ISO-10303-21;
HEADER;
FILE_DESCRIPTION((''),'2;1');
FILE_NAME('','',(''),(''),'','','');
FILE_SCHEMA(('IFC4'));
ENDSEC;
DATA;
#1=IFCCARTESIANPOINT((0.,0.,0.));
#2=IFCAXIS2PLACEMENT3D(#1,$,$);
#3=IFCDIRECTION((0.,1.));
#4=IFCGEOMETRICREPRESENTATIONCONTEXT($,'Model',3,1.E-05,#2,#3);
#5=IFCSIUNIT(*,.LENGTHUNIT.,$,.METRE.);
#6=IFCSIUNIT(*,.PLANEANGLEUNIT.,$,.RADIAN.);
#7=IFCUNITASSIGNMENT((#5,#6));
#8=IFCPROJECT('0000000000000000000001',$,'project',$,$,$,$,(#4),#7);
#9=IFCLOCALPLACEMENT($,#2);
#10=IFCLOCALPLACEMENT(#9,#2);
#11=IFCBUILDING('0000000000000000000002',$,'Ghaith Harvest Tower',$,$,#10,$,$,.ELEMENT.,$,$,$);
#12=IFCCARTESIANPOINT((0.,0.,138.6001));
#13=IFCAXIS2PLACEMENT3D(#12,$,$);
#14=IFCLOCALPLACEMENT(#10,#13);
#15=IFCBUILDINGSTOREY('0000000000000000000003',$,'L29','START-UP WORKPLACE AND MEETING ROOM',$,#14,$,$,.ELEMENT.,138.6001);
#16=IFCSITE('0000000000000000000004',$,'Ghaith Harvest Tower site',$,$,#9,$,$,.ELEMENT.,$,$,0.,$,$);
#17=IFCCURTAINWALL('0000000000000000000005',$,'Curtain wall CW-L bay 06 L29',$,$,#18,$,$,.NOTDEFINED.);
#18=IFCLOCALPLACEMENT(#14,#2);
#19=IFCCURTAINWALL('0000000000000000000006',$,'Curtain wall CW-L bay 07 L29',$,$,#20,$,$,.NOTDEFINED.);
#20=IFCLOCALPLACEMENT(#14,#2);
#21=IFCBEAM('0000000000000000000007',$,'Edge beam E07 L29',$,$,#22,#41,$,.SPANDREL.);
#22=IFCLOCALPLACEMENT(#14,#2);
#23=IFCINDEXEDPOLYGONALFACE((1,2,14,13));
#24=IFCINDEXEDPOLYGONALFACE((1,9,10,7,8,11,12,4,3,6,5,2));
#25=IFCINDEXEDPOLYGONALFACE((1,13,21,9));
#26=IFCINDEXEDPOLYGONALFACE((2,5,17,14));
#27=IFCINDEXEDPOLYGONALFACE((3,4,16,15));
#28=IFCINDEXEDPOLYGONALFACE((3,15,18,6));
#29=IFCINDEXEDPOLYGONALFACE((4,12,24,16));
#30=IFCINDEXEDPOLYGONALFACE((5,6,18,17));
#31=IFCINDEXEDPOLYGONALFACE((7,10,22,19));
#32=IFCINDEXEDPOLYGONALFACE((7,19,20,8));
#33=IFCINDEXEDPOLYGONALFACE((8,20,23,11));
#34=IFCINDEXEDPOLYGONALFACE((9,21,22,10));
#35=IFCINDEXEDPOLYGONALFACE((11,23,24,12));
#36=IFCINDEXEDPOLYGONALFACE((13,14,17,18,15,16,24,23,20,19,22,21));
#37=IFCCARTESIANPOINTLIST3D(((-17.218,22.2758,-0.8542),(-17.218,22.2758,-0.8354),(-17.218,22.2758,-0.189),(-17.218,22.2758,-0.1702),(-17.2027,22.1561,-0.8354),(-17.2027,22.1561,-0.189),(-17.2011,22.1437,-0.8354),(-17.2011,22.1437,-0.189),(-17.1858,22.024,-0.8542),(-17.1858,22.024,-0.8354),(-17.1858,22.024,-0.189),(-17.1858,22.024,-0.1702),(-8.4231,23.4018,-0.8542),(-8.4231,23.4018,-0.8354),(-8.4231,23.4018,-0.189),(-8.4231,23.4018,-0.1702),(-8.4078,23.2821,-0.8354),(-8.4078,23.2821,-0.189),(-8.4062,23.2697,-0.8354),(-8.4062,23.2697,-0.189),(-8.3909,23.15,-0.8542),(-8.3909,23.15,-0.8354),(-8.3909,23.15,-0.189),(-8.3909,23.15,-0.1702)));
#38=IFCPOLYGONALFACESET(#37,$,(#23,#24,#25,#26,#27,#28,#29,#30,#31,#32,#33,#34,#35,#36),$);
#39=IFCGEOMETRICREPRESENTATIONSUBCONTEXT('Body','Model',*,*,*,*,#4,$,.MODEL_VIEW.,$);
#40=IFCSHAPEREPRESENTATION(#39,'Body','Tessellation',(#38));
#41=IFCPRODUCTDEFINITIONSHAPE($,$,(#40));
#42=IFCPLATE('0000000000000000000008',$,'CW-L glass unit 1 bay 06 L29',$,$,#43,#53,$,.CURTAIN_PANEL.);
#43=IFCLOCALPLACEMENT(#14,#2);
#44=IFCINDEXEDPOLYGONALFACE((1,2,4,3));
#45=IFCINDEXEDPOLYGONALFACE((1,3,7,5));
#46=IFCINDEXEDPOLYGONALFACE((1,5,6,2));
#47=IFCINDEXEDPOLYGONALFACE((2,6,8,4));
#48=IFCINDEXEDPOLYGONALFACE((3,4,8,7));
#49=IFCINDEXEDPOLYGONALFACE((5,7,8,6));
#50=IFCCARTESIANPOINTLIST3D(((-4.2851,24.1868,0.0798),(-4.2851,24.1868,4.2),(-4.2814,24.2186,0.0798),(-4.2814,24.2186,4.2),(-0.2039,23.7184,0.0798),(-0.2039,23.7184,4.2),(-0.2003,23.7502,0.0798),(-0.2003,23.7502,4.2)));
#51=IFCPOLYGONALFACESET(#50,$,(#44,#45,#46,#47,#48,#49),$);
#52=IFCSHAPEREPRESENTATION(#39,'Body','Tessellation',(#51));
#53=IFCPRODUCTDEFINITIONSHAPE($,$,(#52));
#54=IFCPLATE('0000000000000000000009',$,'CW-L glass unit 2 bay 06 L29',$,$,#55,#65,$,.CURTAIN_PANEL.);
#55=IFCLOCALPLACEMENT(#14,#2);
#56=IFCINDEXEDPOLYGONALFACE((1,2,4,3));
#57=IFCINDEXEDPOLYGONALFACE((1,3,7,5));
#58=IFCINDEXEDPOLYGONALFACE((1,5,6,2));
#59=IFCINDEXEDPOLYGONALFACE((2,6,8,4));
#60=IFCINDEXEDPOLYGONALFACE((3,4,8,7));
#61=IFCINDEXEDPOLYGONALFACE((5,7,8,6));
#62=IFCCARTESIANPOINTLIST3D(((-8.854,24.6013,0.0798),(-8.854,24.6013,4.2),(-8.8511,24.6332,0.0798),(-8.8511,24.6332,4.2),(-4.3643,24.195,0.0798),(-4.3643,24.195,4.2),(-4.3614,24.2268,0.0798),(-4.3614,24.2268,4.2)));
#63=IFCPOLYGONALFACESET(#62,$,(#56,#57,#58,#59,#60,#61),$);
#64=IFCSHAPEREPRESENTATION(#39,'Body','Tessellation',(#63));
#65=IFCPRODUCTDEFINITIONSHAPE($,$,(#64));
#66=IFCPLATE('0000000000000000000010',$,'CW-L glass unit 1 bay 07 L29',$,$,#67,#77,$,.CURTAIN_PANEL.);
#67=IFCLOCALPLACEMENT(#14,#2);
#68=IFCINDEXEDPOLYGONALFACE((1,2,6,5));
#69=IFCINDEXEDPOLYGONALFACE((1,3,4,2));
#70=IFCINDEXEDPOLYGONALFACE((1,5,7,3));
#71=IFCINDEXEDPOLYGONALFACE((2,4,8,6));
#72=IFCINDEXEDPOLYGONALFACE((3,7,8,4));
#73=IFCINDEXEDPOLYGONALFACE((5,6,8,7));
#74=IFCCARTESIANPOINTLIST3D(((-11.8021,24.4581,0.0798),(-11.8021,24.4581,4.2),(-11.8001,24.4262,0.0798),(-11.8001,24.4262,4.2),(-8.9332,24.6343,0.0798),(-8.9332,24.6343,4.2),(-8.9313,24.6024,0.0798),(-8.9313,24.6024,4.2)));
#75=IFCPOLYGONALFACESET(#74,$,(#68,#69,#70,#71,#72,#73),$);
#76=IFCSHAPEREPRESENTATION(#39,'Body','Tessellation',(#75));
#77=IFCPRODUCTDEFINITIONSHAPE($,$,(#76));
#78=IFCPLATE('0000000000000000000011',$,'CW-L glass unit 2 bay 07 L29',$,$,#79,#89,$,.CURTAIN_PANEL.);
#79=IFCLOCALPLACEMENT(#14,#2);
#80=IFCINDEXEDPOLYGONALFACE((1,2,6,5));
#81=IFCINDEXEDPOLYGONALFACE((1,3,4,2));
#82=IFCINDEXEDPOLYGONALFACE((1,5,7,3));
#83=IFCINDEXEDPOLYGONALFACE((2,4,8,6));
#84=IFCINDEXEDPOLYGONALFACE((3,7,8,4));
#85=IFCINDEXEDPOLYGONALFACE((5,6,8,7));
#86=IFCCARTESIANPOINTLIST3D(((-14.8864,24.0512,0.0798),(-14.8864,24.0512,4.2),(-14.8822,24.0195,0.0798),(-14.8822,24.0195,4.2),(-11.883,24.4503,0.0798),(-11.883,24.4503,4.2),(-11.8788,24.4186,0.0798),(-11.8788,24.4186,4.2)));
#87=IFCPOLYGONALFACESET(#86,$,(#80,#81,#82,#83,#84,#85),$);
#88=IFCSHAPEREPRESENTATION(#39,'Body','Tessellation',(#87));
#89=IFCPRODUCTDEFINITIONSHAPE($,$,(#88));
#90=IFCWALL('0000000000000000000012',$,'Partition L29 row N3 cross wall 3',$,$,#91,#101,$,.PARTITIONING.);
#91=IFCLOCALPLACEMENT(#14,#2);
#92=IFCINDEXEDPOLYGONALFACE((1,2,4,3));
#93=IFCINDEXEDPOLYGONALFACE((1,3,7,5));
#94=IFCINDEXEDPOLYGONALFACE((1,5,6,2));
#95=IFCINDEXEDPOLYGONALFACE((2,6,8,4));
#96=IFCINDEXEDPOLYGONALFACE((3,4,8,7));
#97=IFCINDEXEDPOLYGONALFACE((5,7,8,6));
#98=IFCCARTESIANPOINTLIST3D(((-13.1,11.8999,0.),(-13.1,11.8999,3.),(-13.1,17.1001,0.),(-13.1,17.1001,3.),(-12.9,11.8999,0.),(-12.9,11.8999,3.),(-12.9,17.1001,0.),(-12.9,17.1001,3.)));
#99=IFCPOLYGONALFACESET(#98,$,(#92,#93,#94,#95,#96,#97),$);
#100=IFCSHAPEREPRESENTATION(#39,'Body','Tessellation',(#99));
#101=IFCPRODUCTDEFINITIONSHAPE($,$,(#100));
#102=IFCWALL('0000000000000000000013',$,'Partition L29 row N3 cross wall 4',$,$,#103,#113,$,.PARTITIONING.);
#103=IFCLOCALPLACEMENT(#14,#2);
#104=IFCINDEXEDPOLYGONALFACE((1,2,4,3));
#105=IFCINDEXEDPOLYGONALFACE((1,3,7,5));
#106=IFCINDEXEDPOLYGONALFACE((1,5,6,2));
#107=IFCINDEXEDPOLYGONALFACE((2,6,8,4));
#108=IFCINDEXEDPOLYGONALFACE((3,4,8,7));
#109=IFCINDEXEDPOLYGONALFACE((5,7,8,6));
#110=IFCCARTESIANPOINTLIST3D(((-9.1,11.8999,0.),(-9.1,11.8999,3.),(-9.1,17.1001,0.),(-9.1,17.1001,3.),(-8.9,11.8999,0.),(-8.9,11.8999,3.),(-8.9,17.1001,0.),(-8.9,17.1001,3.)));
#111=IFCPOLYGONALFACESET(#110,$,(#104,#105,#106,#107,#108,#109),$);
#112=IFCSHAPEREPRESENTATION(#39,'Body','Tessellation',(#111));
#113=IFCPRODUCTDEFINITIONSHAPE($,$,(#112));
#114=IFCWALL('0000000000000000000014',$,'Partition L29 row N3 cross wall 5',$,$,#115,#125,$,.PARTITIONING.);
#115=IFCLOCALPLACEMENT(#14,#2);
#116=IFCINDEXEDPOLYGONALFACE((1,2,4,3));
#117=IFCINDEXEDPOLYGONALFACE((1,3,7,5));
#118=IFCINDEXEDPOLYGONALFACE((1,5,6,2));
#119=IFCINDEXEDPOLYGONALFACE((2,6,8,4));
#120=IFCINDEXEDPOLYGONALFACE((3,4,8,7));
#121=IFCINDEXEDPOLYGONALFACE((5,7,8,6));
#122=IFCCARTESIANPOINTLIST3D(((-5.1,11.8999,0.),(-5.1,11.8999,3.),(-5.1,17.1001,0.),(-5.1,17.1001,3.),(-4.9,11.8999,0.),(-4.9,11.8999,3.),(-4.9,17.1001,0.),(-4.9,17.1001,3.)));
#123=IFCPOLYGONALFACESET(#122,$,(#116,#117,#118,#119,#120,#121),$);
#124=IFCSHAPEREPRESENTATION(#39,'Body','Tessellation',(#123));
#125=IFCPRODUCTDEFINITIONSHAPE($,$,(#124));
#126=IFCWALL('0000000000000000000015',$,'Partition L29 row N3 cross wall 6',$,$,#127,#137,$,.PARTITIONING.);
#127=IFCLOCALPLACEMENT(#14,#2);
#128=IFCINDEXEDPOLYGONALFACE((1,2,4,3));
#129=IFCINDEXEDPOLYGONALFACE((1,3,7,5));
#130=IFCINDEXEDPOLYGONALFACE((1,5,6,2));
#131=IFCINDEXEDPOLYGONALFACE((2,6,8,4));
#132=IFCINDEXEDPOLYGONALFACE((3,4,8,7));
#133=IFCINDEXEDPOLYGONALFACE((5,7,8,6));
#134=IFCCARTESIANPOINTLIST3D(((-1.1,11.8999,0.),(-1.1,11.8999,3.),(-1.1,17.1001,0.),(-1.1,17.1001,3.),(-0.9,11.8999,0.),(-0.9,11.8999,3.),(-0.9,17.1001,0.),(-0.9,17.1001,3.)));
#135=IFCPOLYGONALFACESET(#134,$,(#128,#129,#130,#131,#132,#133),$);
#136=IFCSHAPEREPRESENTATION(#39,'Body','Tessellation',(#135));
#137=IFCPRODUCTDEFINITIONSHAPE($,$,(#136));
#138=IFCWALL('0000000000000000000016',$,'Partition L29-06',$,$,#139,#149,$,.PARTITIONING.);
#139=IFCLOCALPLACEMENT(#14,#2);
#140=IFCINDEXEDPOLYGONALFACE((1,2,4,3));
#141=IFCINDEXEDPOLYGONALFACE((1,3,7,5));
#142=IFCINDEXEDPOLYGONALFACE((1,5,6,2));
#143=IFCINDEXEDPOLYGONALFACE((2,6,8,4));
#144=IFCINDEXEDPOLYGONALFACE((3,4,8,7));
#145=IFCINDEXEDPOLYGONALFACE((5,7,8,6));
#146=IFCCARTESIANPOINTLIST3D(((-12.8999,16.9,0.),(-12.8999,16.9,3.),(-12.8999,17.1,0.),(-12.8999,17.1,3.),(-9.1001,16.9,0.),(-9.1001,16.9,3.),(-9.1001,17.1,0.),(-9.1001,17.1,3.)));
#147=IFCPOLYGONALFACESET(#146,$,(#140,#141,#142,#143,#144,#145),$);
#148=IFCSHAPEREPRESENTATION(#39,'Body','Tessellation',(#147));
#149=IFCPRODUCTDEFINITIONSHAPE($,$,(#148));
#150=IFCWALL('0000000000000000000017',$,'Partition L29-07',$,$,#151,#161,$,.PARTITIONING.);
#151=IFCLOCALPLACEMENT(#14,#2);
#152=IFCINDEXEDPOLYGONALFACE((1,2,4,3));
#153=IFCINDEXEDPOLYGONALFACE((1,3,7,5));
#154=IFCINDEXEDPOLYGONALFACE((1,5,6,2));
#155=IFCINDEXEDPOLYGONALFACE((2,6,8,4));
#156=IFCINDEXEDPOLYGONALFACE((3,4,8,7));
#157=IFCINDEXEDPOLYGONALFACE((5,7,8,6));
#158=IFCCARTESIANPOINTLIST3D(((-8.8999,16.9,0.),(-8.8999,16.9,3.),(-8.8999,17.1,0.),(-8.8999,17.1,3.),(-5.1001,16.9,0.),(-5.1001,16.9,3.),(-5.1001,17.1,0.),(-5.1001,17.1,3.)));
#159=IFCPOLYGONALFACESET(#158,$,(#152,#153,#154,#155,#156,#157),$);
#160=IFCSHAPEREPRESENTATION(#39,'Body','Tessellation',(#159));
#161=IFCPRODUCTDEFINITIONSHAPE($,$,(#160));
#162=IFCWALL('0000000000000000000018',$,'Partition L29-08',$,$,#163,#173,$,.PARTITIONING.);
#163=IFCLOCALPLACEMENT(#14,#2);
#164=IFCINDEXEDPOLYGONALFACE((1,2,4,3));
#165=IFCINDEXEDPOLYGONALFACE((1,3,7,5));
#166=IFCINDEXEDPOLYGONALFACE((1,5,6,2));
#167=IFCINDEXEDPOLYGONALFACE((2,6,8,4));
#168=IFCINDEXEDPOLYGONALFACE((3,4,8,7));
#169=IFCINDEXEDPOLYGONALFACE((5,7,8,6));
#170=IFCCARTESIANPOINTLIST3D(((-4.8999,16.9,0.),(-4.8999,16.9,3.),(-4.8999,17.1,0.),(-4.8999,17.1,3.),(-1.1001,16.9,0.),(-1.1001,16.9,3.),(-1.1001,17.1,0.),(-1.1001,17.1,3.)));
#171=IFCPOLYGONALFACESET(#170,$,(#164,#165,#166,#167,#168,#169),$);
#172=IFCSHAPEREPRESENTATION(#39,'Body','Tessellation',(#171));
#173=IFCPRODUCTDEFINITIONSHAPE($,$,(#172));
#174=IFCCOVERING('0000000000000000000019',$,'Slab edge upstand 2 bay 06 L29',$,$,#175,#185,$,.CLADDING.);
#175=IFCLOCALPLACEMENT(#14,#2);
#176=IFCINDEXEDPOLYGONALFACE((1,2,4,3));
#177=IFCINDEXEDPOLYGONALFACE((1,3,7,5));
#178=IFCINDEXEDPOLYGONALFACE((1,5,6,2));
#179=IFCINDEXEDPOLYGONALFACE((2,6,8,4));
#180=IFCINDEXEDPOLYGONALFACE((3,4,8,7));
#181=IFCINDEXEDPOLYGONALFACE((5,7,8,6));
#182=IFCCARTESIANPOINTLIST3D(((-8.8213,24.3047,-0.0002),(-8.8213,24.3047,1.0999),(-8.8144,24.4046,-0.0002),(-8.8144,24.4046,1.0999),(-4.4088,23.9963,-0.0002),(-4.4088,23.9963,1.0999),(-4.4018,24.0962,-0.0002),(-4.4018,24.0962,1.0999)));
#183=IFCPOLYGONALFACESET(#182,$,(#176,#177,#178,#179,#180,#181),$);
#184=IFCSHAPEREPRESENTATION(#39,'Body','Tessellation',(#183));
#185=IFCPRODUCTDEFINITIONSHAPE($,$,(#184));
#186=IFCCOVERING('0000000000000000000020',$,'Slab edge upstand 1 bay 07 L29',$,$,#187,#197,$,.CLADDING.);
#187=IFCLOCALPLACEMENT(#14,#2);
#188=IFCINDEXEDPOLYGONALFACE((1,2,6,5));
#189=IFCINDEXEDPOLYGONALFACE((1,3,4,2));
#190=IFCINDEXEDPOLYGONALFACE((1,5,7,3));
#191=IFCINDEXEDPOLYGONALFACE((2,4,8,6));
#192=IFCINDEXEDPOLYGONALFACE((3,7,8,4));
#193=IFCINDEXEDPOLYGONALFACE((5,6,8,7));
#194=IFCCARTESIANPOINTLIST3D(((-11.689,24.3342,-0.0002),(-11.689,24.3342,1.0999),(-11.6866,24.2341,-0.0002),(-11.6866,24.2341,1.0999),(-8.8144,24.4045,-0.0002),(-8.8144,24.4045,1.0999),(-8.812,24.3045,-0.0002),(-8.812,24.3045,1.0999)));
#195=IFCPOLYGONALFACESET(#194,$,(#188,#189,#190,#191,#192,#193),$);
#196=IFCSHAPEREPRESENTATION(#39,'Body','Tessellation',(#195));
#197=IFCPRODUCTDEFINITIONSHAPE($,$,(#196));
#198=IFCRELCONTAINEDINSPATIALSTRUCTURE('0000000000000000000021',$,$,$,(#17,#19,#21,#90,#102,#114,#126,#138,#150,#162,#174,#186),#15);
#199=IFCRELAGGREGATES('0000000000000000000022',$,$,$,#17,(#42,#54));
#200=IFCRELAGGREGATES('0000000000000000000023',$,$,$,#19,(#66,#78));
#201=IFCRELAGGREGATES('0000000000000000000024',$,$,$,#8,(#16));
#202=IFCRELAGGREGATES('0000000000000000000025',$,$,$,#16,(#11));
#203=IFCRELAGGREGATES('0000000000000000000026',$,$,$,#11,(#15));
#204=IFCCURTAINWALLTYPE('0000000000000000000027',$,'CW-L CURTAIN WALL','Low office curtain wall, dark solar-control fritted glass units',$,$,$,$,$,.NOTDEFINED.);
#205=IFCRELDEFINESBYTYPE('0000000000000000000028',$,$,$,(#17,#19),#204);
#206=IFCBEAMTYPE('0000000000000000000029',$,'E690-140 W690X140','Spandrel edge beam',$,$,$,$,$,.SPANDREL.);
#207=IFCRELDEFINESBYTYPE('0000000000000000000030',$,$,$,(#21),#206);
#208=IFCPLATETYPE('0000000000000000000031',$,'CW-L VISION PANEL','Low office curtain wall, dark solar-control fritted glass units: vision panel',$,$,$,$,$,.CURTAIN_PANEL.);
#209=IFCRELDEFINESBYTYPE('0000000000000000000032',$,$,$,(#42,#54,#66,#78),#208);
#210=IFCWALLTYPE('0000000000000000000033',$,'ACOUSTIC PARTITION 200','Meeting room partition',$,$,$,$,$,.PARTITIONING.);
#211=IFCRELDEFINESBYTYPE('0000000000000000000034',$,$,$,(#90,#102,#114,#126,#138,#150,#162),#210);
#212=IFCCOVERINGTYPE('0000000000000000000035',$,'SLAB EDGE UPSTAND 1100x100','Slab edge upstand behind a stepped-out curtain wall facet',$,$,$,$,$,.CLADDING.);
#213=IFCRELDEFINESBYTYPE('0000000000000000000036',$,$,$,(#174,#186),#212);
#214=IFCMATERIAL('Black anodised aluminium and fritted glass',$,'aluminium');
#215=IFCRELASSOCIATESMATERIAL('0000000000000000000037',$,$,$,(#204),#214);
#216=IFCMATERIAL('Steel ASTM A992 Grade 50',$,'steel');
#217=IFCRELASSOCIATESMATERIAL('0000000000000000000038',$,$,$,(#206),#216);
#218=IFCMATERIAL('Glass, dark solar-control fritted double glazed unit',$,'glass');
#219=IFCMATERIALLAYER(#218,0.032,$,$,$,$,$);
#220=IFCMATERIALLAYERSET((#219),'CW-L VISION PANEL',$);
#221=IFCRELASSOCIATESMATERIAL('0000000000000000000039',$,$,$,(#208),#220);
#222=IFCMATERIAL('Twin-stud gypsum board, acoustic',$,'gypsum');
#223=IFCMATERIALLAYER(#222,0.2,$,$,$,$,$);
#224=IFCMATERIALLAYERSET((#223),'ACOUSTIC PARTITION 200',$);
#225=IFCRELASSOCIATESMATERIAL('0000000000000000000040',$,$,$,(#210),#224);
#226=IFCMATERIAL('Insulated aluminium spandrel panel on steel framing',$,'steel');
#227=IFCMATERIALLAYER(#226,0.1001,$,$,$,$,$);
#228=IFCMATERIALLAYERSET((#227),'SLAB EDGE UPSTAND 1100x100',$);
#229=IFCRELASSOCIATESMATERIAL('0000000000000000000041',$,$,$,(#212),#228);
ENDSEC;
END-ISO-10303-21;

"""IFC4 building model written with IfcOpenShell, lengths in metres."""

from ifc_helpers import new_model, si_unit, direction, frame, frame_2d, origin, origin_2d, place, context, subcontext, project, spatial, rectangle, i_section, extrude, material, layer, layer_set, material_profile, profile_set, type_object, element, aggregate, save


model = new_model("IFC4")

# Units and contexts
model_context = context("Model", 3, precision=1e-05, world=origin(), true_north=direction((0.0, 1.0)))
body_context = subcontext(model_context, "Body", "Model", "MODEL_VIEW")
ifc_project = project(units=[si_unit("LENGTHUNIT", "METRE"), si_unit("PLANEANGLEUNIT", "RADIAN")], contexts=[model_context])

# Site, building, storey
site_placement = place(None, origin())
site = spatial("IfcSite", under=ifc_project, at=site_placement, Name="Ghaith Harvest Tower site", CompositionType="ELEMENT", RefElevation=0.0)
building_placement = place(site_placement, origin())
building = spatial("IfcBuilding", under=site, at=building_placement, Name="Ghaith Harvest Tower", CompositionType="ELEMENT")
storey_placement = place(building_placement, frame((0.0, 0.0, 138.6001)))
storey = spatial("IfcBuildingStorey", under=building, at=storey_placement, Name="L29", Description="START-UP WORKPLACE AND MEETING ROOM", CompositionType="ELEMENT", Elevation=138.6001)

# Curtain walls
ifc_material_1 = material(Name="Black anodised aluminium and fritted glass", Category="aluminium")
curtain_wall_type = type_object("IfcCurtainWallType", Name="CW-L CURTAIN WALL", Description="Low office curtain wall, dark solar-control fritted glass units", PredefinedType="NOTDEFINED", material=ifc_material_1)
curtain_wall_1_placement = place(storey_placement, origin())
curtain_wall_1 = element("IfcCurtainWall", 1, at=curtain_wall_1_placement, inside=storey, type_object=curtain_wall_type, Name="Curtain wall CW-L bay 06 L29", PredefinedType="NOTDEFINED")
curtain_wall_2_placement = place(storey_placement, origin())
curtain_wall_2 = element("IfcCurtainWall", 2, at=curtain_wall_2_placement, inside=storey, type_object=curtain_wall_type, Name="Curtain wall CW-L bay 07 L29", PredefinedType="NOTDEFINED")

# Beam
ifc_material_2 = material(Name="Steel ASTM A992 Grade 50", Category="steel")
ifc_material_profile_1 = material_profile(ifc_material_2, i_section(OverallWidth=0.2539, OverallDepth=0.6841, WebThickness=0.0125, FlangeThickness=0.0188, at=origin_2d()), Name="W690X140")
ifc_profile_set_1 = profile_set([ifc_material_profile_1], Name="Steel ASTM A992 Grade 50")
beam_type = type_object("IfcBeamType", Name="E690-140 W690X140", Description="Spandrel edge beam", PredefinedType="SPANDREL", material=ifc_profile_set_1)
beam_1_placement = place(storey_placement, frame((-8.407, 23.2759, -0.5122), z_axis=(-0.991904, -0.126989, 0.0), x_axis=(0.126989, -0.991904, 0.0)))
element("IfcBeam", 3, at=beam_1_placement, inside=storey, type_object=beam_type, Name="Edge beam E07 L29", PredefinedType="SPANDREL", context=body_context, shape_type="SweptSolid", body=[
    extrude(i_section(OverallWidth=0.2539, OverallDepth=0.6841, WebThickness=0.0125, FlangeThickness=0.0188, at=origin_2d()), origin(), (0.0, 0.0, 1.0), 8.8667),
])

# Plates
ifc_material_3 = material(Name="Glass, dark solar-control fritted double glazed unit", Category="glass")
ifc_layer_1 = layer(ifc_material_3, 0.032)
ifc_layer_set_1 = layer_set([ifc_layer_1], Name="CW-L VISION PANEL")
plate_type = type_object("IfcPlateType", Name="CW-L VISION PANEL", Description="Low office curtain wall, dark solar-control fritted glass units: vision panel", PredefinedType="CURTAIN_PANEL", material=ifc_layer_set_1)
plate_1_placement = place(storey_placement, frame((-2.2427, 23.9685, 0.0798), z_axis=(0.0, 0.0, 1.0), x_axis=(-0.993477, 0.114032, 0.0)))
plate_1 = element("IfcPlate", 4, at=plate_1_placement, type_object=plate_type, Name="CW-L glass unit 1 bay 06 L29", PredefinedType="CURTAIN_PANEL", context=body_context, shape_type="SweptSolid", body=[
    extrude(rectangle(XDim=4.1079, YDim=0.032, at=origin_2d()), origin(), (0.0, 0.0, 1.0), 4.1201),
])
plate_2_placement = place(storey_placement, frame((-6.6077, 24.4141, 0.0798), z_axis=(0.0, 0.0, 1.0), x_axis=(-0.995929, 0.090144, 0.0)))
plate_2 = element("IfcPlate", 5, at=plate_2_placement, type_object=plate_type, Name="CW-L glass unit 2 bay 06 L29", PredefinedType="CURTAIN_PANEL", context=body_context, shape_type="SweptSolid", body=[
    extrude(rectangle(XDim=4.5081, YDim=0.032, at=origin_2d()), origin(), (0.0, 0.0, 1.0), 4.1201),
])
aggregate(curtain_wall_1, [plate_1, plate_2])
plate_3_placement = place(storey_placement, frame((-10.3667, 24.5303, 0.0798), z_axis=(0.0, 0.0, 1.0), x_axis=(-0.998119, -0.061303, 0.0)))
plate_3 = element("IfcPlate", 6, at=plate_3_placement, type_object=plate_type, Name="CW-L glass unit 1 bay 07 L29", PredefinedType="CURTAIN_PANEL", context=body_context, shape_type="SweptSolid", body=[
    extrude(rectangle(XDim=2.8743, YDim=0.032, at=origin_2d()), origin(), (0.0, 0.0, 1.0), 4.1201),
])
plate_4_placement = place(storey_placement, frame((-13.3826, 24.2349, 0.0798), z_axis=(0.0, 0.0, 1.0), x_axis=(-0.991286, -0.131728, 0.0)))
plate_4 = element("IfcPlate", 7, at=plate_4_placement, type_object=plate_type, Name="CW-L glass unit 2 bay 07 L29", PredefinedType="CURTAIN_PANEL", context=body_context, shape_type="SweptSolid", body=[
    extrude(rectangle(XDim=3.0298, YDim=0.032, at=origin_2d()), origin(), (0.0, 0.0, 1.0), 4.1201),
])
aggregate(curtain_wall_2, [plate_3, plate_4])

# Walls
ifc_material_4 = material(Name="Twin-stud gypsum board, acoustic", Category="gypsum")
ifc_layer_2 = layer(ifc_material_4, 0.2)
ifc_layer_set_2 = layer_set([ifc_layer_2], Name="ACOUSTIC PARTITION 200")
wall_type = type_object("IfcWallType", Name="ACOUSTIC PARTITION 200", Description="Meeting room partition", PredefinedType="PARTITIONING", material=ifc_layer_set_2)
for number, where, z_axis, x_axis, name in (
    (8, (-13.0, 11.8999, 0.0), (0.0, 0.0, 1.0), (0.0, 1.0, 0.0), "Partition L29 row N3 cross wall 3"),
    (9, (-9.0, 11.8999, 0.0), (0.0, 0.0, 1.0), (0.0, 1.0, 0.0), "Partition L29 row N3 cross wall 4"),
    (10, (-5.0, 11.8999, 0.0), (0.0, 0.0, 1.0), (0.0, 1.0, 0.0), "Partition L29 row N3 cross wall 5"),
    (11, (-1.0, 11.8999, 0.0), (0.0, 0.0, 1.0), (0.0, 1.0, 0.0), "Partition L29 row N3 cross wall 6"),
):
    element("IfcWall", number, at=place(storey_placement, frame(where, z_axis=z_axis, x_axis=x_axis)), inside=storey, type_object=wall_type, Name=name, PredefinedType="PARTITIONING", context=body_context, shape_type="SweptSolid", body=[
        extrude(rectangle(XDim=5.2002, YDim=0.2, at=frame_2d((2.6001, 0.0))), origin(), (0.0, 0.0, 1.0), 3.0),
    ])

# Wall
wall_1_placement = place(storey_placement, frame((-12.8999, 17.0, 0.0), z_axis=(0.0, 0.0, 1.0), x_axis=(1.0, 0.0, 0.0)))
element("IfcWall", 12, at=wall_1_placement, inside=storey, type_object=wall_type, Name="Partition L29-06", PredefinedType="PARTITIONING", context=body_context, shape_type="SweptSolid", body=[
    extrude(rectangle(XDim=3.7998, YDim=0.2, at=frame_2d((1.8999, 0.0))), origin(), (0.0, 0.0, 1.0), 3.0),
])

# Wall
wall_2_placement = place(storey_placement, frame((-8.8999, 17.0, 0.0), z_axis=(0.0, 0.0, 1.0), x_axis=(1.0, 0.0, 0.0)))
element("IfcWall", 13, at=wall_2_placement, inside=storey, type_object=wall_type, Name="Partition L29-07", PredefinedType="PARTITIONING", context=body_context, shape_type="SweptSolid", body=[
    extrude(rectangle(XDim=3.7998, YDim=0.2, at=frame_2d((1.8999, 0.0))), origin(), (0.0, 0.0, 1.0), 3.0),
])

# Wall
wall_3_placement = place(storey_placement, frame((-4.8999, 17.0, 0.0), z_axis=(0.0, 0.0, 1.0), x_axis=(1.0, 0.0, 0.0)))
element("IfcWall", 14, at=wall_3_placement, inside=storey, type_object=wall_type, Name="Partition L29-08", PredefinedType="PARTITIONING", context=body_context, shape_type="SweptSolid", body=[
    extrude(rectangle(XDim=3.7998, YDim=0.2, at=frame_2d((1.8999, 0.0))), origin(), (0.0, 0.0, 1.0), 3.0),
])

# Coverings
ifc_material_5 = material(Name="Insulated aluminium spandrel panel on steel framing", Category="steel")
ifc_layer_3 = layer(ifc_material_5, 0.1001)
ifc_layer_set_3 = layer_set([ifc_layer_3], Name="SLAB EDGE UPSTAND 1100x100")
covering_type = type_object("IfcCoveringType", Name="SLAB EDGE UPSTAND 1100x100", Description="Slab edge upstand behind a stepped-out curtain wall facet", PredefinedType="CLADDING", material=ifc_layer_set_3)
covering_1_placement = place(storey_placement, frame((-6.6116, 24.2004, -0.0002), z_axis=(0.0, 0.0, 1.0), x_axis=(-0.997566, 0.069726, 0.0)))
element("IfcCovering", 15, at=covering_1_placement, inside=storey, type_object=covering_type, Name="Slab edge upstand 2 bay 06 L29", PredefinedType="CLADDING", context=body_context, shape_type="SweptSolid", body=[
    extrude(rectangle(XDim=4.4233, YDim=0.1001, at=origin_2d()), origin(), (0.0, 0.0, 1.0), 1.1001),
])
covering_2_placement = place(storey_placement, frame((-10.2505, 24.3193, -0.0002), z_axis=(0.0, 0.0, 1.0), x_axis=(-0.999701, -0.024458, 0.0)))
element("IfcCovering", 16, at=covering_2_placement, inside=storey, type_object=covering_type, Name="Slab edge upstand 1 bay 07 L29", PredefinedType="CLADDING", context=body_context, shape_type="SweptSolid", body=[
    extrude(rectangle(XDim=2.8755, YDim=0.1001, at=origin_2d()), origin(), (0.0, 0.0, 1.0), 1.1001),
])

save(model, "model.ifc")
